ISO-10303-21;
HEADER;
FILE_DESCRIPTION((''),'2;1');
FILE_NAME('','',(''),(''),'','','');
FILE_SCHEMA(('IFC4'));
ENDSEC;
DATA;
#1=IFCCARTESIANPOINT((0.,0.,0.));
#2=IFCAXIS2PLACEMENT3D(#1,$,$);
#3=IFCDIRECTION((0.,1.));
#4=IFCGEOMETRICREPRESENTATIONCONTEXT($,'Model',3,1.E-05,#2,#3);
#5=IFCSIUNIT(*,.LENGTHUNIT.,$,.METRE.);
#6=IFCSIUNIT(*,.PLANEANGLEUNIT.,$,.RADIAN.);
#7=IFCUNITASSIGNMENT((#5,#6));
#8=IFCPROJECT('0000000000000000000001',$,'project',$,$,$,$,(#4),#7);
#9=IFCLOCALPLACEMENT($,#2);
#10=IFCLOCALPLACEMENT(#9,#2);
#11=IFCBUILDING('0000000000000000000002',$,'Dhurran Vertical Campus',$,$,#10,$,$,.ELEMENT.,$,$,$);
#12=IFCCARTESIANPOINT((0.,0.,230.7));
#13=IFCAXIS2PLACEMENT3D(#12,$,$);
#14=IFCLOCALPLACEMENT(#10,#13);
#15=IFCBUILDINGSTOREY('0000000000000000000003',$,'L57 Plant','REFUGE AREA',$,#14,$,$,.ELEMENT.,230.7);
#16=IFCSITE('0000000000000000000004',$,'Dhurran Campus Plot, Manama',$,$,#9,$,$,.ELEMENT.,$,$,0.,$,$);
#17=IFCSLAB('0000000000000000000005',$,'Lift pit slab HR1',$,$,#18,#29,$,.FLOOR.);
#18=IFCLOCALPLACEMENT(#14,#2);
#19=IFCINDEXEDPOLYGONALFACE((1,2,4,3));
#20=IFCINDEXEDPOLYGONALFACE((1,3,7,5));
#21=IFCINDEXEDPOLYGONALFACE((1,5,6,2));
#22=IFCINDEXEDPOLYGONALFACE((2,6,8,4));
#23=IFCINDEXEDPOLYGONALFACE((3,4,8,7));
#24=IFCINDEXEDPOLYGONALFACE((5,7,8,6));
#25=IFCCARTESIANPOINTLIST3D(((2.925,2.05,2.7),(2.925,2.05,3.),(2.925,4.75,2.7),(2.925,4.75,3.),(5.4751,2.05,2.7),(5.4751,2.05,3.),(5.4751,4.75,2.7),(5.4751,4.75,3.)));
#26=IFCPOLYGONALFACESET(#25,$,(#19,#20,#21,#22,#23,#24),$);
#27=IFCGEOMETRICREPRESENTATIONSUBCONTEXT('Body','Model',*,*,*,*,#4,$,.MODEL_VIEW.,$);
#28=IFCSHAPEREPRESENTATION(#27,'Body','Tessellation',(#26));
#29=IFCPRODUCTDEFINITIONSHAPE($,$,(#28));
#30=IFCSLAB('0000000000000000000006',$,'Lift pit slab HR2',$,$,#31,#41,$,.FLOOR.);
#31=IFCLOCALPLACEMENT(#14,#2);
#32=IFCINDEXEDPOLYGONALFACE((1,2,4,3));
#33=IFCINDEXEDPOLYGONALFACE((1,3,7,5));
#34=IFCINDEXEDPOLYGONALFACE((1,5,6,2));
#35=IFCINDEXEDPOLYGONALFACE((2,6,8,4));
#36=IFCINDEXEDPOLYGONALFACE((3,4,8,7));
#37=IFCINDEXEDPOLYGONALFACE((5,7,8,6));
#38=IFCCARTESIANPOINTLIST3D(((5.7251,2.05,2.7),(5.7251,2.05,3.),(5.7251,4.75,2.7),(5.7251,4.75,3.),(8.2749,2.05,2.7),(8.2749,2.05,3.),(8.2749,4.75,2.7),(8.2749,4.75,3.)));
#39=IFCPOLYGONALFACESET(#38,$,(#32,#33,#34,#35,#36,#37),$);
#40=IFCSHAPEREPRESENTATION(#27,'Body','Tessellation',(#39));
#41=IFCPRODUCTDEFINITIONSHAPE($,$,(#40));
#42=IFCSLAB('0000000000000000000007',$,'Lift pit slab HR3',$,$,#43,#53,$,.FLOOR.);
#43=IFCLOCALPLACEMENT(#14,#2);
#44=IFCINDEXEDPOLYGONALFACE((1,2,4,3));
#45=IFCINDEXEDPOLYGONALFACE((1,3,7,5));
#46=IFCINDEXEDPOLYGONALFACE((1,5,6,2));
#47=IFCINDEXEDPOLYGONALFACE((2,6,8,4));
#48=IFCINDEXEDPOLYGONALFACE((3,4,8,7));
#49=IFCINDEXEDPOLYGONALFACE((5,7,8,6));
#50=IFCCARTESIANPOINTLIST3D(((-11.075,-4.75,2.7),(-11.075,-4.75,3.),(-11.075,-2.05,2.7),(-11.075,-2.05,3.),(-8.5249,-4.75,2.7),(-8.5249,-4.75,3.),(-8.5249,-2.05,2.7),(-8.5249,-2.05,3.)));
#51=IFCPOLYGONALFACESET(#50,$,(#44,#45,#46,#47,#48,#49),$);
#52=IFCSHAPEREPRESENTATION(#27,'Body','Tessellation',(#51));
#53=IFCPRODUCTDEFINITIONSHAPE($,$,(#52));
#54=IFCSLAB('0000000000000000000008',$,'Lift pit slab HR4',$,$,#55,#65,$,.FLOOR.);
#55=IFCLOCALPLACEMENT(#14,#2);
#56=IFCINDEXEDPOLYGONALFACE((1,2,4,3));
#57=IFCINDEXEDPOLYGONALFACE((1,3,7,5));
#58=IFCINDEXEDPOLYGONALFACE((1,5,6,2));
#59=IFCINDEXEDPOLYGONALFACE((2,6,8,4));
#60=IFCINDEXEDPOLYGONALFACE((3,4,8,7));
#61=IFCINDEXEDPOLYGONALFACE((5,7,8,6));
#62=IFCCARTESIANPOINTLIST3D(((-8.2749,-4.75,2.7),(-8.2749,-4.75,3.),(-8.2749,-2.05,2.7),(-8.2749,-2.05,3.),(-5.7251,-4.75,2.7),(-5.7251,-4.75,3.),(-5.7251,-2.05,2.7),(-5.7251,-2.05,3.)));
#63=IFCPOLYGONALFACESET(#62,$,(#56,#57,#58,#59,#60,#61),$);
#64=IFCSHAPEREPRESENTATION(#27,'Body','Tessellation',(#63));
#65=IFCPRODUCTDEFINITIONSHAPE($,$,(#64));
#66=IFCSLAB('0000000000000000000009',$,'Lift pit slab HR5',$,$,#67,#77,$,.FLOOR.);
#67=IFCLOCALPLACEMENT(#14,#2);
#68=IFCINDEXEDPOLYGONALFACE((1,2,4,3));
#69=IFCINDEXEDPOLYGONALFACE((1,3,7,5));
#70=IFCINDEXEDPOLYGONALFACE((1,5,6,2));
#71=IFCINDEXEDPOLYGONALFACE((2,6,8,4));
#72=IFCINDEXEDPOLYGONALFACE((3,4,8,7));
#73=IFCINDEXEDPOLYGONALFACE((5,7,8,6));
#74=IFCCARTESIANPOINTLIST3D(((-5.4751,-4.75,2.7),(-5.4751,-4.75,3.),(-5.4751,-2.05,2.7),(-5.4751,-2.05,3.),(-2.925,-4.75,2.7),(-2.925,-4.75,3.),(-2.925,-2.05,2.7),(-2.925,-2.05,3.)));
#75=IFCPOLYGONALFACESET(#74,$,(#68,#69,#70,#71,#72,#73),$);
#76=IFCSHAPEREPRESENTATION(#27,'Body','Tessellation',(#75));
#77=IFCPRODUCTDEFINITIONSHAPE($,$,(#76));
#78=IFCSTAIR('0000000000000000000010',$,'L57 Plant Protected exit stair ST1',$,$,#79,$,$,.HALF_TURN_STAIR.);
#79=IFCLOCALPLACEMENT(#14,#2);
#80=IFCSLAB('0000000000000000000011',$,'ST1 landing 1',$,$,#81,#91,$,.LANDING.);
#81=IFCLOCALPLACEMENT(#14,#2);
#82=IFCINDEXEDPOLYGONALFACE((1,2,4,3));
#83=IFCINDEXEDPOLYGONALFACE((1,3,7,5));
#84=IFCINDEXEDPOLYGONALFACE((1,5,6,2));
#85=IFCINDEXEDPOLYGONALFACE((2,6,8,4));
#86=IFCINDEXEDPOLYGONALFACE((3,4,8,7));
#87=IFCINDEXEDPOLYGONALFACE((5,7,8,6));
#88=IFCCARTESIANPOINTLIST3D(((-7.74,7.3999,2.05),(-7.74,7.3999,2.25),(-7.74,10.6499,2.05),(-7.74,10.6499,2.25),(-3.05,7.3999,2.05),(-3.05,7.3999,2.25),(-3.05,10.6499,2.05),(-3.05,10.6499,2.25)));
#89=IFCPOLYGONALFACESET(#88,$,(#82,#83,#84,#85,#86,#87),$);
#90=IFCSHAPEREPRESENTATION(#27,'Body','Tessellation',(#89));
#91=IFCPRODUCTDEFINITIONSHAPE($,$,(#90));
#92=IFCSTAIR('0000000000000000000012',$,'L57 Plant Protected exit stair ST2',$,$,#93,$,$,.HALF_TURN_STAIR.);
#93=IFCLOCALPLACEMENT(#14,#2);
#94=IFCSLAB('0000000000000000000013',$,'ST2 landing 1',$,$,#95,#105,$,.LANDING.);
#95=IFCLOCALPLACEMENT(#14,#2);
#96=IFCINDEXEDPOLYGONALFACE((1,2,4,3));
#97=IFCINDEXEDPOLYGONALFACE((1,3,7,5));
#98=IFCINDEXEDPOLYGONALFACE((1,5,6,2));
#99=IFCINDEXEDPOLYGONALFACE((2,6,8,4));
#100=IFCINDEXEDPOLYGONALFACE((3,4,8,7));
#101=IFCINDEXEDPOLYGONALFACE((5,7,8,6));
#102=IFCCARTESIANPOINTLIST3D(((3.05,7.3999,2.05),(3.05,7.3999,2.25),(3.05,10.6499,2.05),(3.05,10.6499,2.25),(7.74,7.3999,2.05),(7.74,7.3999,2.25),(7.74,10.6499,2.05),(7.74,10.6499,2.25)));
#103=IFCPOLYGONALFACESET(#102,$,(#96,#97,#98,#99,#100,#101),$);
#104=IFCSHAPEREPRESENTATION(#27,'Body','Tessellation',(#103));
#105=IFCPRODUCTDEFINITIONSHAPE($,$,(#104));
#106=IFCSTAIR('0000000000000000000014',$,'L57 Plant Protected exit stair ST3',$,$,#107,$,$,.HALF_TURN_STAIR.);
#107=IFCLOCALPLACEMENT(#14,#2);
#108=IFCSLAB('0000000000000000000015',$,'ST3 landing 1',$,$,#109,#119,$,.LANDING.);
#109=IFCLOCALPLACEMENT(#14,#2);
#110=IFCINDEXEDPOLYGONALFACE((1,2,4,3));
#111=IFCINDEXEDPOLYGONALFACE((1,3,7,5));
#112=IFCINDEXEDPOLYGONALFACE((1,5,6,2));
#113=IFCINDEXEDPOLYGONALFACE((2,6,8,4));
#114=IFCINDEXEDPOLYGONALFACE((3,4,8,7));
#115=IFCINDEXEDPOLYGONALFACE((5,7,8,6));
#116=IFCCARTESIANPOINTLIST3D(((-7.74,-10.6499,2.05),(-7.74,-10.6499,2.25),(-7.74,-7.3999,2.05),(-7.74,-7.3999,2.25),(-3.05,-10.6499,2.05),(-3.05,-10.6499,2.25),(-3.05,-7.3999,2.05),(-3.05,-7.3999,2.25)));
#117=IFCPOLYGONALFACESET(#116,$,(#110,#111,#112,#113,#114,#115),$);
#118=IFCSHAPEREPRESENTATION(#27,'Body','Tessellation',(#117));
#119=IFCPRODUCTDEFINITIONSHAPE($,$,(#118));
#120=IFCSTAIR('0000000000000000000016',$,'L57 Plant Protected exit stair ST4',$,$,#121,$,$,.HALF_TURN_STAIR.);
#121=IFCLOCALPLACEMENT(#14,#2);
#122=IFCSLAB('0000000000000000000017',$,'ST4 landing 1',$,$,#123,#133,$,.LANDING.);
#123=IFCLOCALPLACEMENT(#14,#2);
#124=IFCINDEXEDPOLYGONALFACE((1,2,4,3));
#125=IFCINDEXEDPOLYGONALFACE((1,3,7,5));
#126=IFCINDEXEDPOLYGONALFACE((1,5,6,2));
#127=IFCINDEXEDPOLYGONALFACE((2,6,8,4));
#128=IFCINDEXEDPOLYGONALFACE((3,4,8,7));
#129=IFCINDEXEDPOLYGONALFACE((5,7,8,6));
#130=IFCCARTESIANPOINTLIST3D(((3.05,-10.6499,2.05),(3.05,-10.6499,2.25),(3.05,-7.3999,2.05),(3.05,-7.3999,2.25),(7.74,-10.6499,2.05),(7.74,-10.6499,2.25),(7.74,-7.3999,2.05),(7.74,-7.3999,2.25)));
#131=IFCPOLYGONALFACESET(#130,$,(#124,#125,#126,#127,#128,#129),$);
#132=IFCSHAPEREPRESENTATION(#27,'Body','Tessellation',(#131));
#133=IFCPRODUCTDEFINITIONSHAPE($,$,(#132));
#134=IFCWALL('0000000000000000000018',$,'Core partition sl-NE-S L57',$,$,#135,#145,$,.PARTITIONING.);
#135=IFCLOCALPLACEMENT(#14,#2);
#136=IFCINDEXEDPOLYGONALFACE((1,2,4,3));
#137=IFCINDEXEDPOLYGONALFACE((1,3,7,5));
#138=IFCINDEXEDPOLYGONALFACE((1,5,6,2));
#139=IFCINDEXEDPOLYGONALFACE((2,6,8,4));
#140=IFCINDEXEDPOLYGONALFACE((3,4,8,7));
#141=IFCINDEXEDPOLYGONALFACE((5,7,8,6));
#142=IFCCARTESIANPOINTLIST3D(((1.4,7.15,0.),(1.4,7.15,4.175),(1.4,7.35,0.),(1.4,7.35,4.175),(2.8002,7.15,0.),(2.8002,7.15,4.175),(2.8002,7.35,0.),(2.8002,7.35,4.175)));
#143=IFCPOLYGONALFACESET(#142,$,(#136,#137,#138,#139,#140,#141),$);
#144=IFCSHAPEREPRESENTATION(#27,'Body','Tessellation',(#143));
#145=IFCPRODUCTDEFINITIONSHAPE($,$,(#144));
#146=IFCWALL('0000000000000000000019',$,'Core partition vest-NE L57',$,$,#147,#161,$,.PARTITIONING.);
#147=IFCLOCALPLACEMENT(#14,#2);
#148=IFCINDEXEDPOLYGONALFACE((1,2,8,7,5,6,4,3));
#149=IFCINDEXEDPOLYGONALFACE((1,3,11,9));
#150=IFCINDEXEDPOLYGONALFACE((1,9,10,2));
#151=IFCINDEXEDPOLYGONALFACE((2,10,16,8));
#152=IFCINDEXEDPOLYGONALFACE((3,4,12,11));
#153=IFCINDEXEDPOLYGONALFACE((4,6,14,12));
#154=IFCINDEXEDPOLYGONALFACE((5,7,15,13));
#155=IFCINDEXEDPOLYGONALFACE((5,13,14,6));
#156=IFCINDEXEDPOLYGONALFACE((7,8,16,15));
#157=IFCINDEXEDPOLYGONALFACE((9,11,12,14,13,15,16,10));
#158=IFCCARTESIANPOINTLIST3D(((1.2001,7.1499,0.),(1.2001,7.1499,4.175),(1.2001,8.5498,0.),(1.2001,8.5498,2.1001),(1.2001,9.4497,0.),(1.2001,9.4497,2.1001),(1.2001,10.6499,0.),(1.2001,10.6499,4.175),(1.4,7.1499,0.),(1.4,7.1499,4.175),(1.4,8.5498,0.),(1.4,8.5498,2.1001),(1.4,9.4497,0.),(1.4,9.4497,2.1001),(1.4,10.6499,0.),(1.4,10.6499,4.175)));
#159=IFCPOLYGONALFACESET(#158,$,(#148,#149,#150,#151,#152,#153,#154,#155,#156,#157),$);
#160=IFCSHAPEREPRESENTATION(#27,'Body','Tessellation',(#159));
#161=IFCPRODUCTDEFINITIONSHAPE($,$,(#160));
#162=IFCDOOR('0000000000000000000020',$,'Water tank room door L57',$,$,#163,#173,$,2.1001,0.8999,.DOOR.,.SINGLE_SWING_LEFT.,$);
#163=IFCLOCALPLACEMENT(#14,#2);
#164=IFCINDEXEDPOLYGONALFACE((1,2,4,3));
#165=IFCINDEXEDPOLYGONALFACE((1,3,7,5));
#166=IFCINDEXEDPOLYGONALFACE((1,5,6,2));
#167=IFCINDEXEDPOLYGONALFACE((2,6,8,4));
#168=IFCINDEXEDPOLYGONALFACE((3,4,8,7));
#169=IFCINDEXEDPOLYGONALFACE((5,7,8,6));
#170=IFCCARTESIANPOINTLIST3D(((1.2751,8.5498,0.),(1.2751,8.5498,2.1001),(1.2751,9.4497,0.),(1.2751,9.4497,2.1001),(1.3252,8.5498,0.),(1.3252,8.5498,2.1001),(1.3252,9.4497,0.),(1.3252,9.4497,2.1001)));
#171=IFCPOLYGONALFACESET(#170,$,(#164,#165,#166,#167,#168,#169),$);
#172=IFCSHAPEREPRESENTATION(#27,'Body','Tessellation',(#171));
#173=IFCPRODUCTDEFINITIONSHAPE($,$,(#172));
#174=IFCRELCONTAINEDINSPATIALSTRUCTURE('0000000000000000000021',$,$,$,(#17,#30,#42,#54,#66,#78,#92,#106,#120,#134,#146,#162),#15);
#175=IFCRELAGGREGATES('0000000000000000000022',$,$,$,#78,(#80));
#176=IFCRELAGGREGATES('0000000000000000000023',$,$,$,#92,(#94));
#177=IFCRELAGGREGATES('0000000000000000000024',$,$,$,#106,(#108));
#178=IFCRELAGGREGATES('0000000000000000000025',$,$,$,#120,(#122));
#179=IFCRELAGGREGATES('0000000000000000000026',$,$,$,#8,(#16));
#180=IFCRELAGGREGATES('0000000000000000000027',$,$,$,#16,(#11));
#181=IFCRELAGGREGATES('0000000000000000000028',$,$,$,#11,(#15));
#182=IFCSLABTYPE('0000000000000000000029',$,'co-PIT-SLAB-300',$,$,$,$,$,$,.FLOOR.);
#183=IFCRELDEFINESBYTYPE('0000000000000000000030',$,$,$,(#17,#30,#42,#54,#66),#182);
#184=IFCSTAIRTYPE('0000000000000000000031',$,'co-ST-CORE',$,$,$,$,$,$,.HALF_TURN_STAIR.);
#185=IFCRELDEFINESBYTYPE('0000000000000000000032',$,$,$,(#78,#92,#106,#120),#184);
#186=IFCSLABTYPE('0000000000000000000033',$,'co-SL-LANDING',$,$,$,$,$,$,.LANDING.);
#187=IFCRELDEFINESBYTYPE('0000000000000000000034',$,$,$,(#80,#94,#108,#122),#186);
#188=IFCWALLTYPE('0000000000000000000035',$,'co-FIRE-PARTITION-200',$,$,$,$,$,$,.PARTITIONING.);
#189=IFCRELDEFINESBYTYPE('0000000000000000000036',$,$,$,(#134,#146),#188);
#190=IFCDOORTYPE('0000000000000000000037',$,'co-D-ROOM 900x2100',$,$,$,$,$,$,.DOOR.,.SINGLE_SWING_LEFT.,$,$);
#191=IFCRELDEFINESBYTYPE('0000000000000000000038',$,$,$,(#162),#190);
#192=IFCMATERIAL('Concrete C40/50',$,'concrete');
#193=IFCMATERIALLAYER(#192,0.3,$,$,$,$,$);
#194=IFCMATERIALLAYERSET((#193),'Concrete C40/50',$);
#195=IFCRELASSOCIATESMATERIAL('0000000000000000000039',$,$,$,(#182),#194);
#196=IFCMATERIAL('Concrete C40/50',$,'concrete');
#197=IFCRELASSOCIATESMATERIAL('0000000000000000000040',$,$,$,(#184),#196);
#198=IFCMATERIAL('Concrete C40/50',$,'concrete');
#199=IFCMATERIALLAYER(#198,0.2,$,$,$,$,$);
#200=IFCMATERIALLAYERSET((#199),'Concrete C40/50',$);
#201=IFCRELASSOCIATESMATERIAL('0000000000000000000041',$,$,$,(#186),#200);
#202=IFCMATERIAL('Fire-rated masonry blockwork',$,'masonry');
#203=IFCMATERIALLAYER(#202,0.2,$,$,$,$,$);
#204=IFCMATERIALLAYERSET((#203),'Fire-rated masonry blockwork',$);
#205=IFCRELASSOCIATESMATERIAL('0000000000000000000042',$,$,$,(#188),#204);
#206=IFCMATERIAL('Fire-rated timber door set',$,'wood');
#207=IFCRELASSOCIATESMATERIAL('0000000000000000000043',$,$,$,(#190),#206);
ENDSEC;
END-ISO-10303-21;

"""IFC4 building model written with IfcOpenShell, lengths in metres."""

from ifc_helpers import new_model, si_unit, direction, frame, frame_2d, origin, place, context, subcontext, project, spatial, polyline, rectangle, outline, extrude, material, layer, layer_set, type_object, element, fill, aggregate, save


model = new_model("IFC4")

# Units and contexts
model_context = context("Model", 3, precision=1e-05, world=origin(), true_north=direction((0.0, 1.0)))
body_context = subcontext(model_context, "Body", "Model", "MODEL_VIEW")
ifc_project = project(units=[si_unit("LENGTHUNIT", "METRE"), si_unit("PLANEANGLEUNIT", "RADIAN")], contexts=[model_context])

# Site, building, storey
site_placement = place(None, origin())
site = spatial("IfcSite", under=ifc_project, at=site_placement, Name="Dhurran Campus Plot, Manama", CompositionType="ELEMENT", RefElevation=0.0)
building_placement = place(site_placement, origin())
building = spatial("IfcBuilding", under=site, at=building_placement, Name="Dhurran Vertical Campus", CompositionType="ELEMENT")
storey_placement = place(building_placement, frame((0.0, 0.0, 230.7)))
storey = spatial("IfcBuildingStorey", under=building, at=storey_placement, Name="L57 Plant", Description="REFUGE AREA", CompositionType="ELEMENT", Elevation=230.7)

# Slabs
ifc_material_1 = material(Name="Concrete C40/50", Category="concrete")
ifc_layer_1 = layer(ifc_material_1, 0.3)
ifc_layer_set_1 = layer_set([ifc_layer_1], Name="Concrete C40/50")
slab_type_1 = type_object("IfcSlabType", Name="co-PIT-SLAB-300", PredefinedType="FLOOR", material=ifc_layer_set_1)
slab_1_placement = place(storey_placement, frame((0.0, 0.0, 2.7)))
element("IfcSlab", 1, at=slab_1_placement, inside=storey, type_object=slab_type_1, Name="Lift pit slab HR1", PredefinedType="FLOOR", context=body_context, shape_type="SweptSolid", body=[
    extrude(outline(polyline([(2.925, 2.05), (5.4751, 2.05), (5.4751, 4.75), (2.925, 4.75), (2.925, 2.05)])), origin(), (0.0, 0.0, 1.0), 0.3),
])
slab_2_placement = place(storey_placement, frame((0.0, 0.0, 2.7)))
element("IfcSlab", 2, at=slab_2_placement, inside=storey, type_object=slab_type_1, Name="Lift pit slab HR2", PredefinedType="FLOOR", context=body_context, shape_type="SweptSolid", body=[
    extrude(outline(polyline([(5.7251, 2.05), (8.2749, 2.05), (8.2749, 4.75), (5.7251, 4.75), (5.7251, 2.05)])), origin(), (0.0, 0.0, 1.0), 0.3),
])
slab_3_placement = place(storey_placement, frame((0.0, 0.0, 2.7)))
element("IfcSlab", 3, at=slab_3_placement, inside=storey, type_object=slab_type_1, Name="Lift pit slab HR3", PredefinedType="FLOOR", context=body_context, shape_type="SweptSolid", body=[
    extrude(outline(polyline([(-11.075, -4.75), (-8.5249, -4.75), (-8.5249, -2.05), (-11.075, -2.05), (-11.075, -4.75)])), origin(), (0.0, 0.0, 1.0), 0.3),
])
slab_4_placement = place(storey_placement, frame((0.0, 0.0, 2.7)))
element("IfcSlab", 4, at=slab_4_placement, inside=storey, type_object=slab_type_1, Name="Lift pit slab HR4", PredefinedType="FLOOR", context=body_context, shape_type="SweptSolid", body=[
    extrude(outline(polyline([(-8.2749, -4.75), (-5.7251, -4.75), (-5.7251, -2.05), (-8.2749, -2.05), (-8.2749, -4.75)])), origin(), (0.0, 0.0, 1.0), 0.3),
])
slab_5_placement = place(storey_placement, frame((0.0, 0.0, 2.7)))
element("IfcSlab", 5, at=slab_5_placement, inside=storey, type_object=slab_type_1, Name="Lift pit slab HR5", PredefinedType="FLOOR", context=body_context, shape_type="SweptSolid", body=[
    extrude(outline(polyline([(-5.4751, -4.75), (-2.925, -4.75), (-2.925, -2.05), (-5.4751, -2.05), (-5.4751, -4.75)])), origin(), (0.0, 0.0, 1.0), 0.3),
])

# Stairs, slabs
ifc_material_2 = material(Name="Concrete C40/50", Category="concrete")
stair_type = type_object("IfcStairType", Name="co-ST-CORE", PredefinedType="HALF_TURN_STAIR", material=ifc_material_2)
stair_1_placement = place(storey_placement, origin())
stair_1 = element("IfcStair", 6, at=stair_1_placement, inside=storey, type_object=stair_type, Name="L57 Plant Protected exit stair ST1", PredefinedType="HALF_TURN_STAIR")
ifc_material_3 = material(Name="Concrete C40/50", Category="concrete")
ifc_layer_2 = layer(ifc_material_3, 0.2)
ifc_layer_set_2 = layer_set([ifc_layer_2], Name="Concrete C40/50")
slab_type_2 = type_object("IfcSlabType", Name="co-SL-LANDING", PredefinedType="LANDING", material=ifc_layer_set_2)
slab_6_placement = place(storey_placement, frame((0.0, 0.0, 2.05)))
slab_6 = element("IfcSlab", 7, at=slab_6_placement, type_object=slab_type_2, Name="ST1 landing 1", PredefinedType="LANDING", context=body_context, shape_type="SweptSolid", body=[
    extrude(outline(polyline([(-7.74, 7.3999), (-3.05, 7.3999), (-3.05, 10.6499), (-7.74, 10.6499), (-7.74, 7.3999)])), origin(), (0.0, 0.0, 1.0), 0.2),
])
aggregate(stair_1, [slab_6])
stair_2_placement = place(storey_placement, origin())
stair_2 = element("IfcStair", 8, at=stair_2_placement, inside=storey, type_object=stair_type, Name="L57 Plant Protected exit stair ST2", PredefinedType="HALF_TURN_STAIR")
slab_7_placement = place(storey_placement, frame((0.0, 0.0, 2.05)))
slab_7 = element("IfcSlab", 9, at=slab_7_placement, type_object=slab_type_2, Name="ST2 landing 1", PredefinedType="LANDING", context=body_context, shape_type="SweptSolid", body=[
    extrude(outline(polyline([(7.74, 10.6499), (3.05, 10.6499), (3.05, 7.3999), (7.74, 7.3999), (7.74, 10.6499)])), origin(), (0.0, 0.0, 1.0), 0.2),
])
aggregate(stair_2, [slab_7])
stair_3_placement = place(storey_placement, origin())
stair_3 = element("IfcStair", 10, at=stair_3_placement, inside=storey, type_object=stair_type, Name="L57 Plant Protected exit stair ST3", PredefinedType="HALF_TURN_STAIR")
slab_8_placement = place(storey_placement, frame((0.0, 0.0, 2.05)))
slab_8 = element("IfcSlab", 11, at=slab_8_placement, type_object=slab_type_2, Name="ST3 landing 1", PredefinedType="LANDING", context=body_context, shape_type="SweptSolid", body=[
    extrude(outline(polyline([(-7.74, -10.6499), (-3.05, -10.6499), (-3.05, -7.3999), (-7.74, -7.3999), (-7.74, -10.6499)])), origin(), (0.0, 0.0, 1.0), 0.2),
])
aggregate(stair_3, [slab_8])
stair_4_placement = place(storey_placement, origin())
stair_4 = element("IfcStair", 12, at=stair_4_placement, inside=storey, type_object=stair_type, Name="L57 Plant Protected exit stair ST4", PredefinedType="HALF_TURN_STAIR")
slab_9_placement = place(storey_placement, frame((0.0, 0.0, 2.05)))
slab_9 = element("IfcSlab", 13, at=slab_9_placement, type_object=slab_type_2, Name="ST4 landing 1", PredefinedType="LANDING", context=body_context, shape_type="SweptSolid", body=[
    extrude(outline(polyline([(7.74, -7.3999), (3.05, -7.3999), (3.05, -10.6499), (7.74, -10.6499), (7.74, -7.3999)])), origin(), (0.0, 0.0, 1.0), 0.2),
])
aggregate(stair_4, [slab_9])

# Wall
ifc_material_4 = material(Name="Fire-rated masonry blockwork", Category="masonry")
ifc_layer_3 = layer(ifc_material_4, 0.2)
ifc_layer_set_3 = layer_set([ifc_layer_3], Name="Fire-rated masonry blockwork")
wall_type_1 = type_object("IfcWallType", Name="co-FIRE-PARTITION-200", PredefinedType="PARTITIONING", material=ifc_layer_set_3)
wall_1_placement = place(storey_placement, frame((1.3999, 7.25, 0.0), z_axis=(0.0, 0.0, 1.0), x_axis=(1.0, 0.0, 0.0)))
element("IfcWall", 14, at=wall_1_placement, inside=storey, type_object=wall_type_1, Name="Core partition sl-NE-S L57", PredefinedType="PARTITIONING", context=body_context, shape_type="SweptSolid", body=[
    extrude(rectangle(XDim=1.4001, YDim=0.2, at=frame_2d((0.7002, 0.0))), origin(), (0.0, 0.0, 1.0), 4.175),
])

# Wall, opening, door
wall_2_placement = place(storey_placement, frame((1.3, 7.1499, 0.0), z_axis=(0.0, 0.0, 1.0), x_axis=(0.0, 1.0, 0.0)))
wall_2 = element("IfcWall", 15, at=wall_2_placement, inside=storey, type_object=wall_type_1, Name="Core partition vest-NE L57", PredefinedType="PARTITIONING", context=body_context, shape_type="SweptSolid", body=[
    extrude(rectangle(XDim=3.5, YDim=0.2, at=frame_2d((1.75, 0.0))), origin(), (0.0, 0.0, 1.0), 4.175),
])
opening_1_placement = place(wall_2_placement, frame((1.3999, 0.0, 0.0)))
opening_1 = element("IfcOpeningElement", 16, at=opening_1_placement, cuts=wall_2, PredefinedType="OPENING", context=body_context, shape_type="SweptSolid", body=[
    extrude(rectangle(XDim=0.8999, YDim=2.1001, at=frame_2d((0.45, 1.05))), frame((0.0, 0.1099, 0.0), z_axis=(0.0, -1.0, 0.0), x_axis=(1.0, 0.0, 0.0)), (0.0, 0.0, 1.0), 0.22),
])
ifc_material_5 = material(Name="Fire-rated timber door set", Category="wood")
door_type_1 = type_object("IfcDoorType", Name="co-D-ROOM 900x2100", OperationType="SINGLE_SWING_LEFT", PredefinedType="DOOR", material=ifc_material_5)
door_1_placement = place(opening_1_placement, origin())
door_1 = element("IfcDoor", 17, at=door_1_placement, inside=storey, type_object=door_type_1, Name="Water tank room door L57", OperationType="SINGLE_SWING_LEFT", OverallHeight=2.1001, OverallWidth=0.8999, PredefinedType="DOOR", context=body_context, shape_type="SweptSolid", body=[
    extrude(rectangle(XDim=0.8999, YDim=2.1001, at=frame_2d((0.45, 1.05))), frame((0.0, 0.0249, 0.0), z_axis=(0.0, -1.0, 0.0), x_axis=(1.0, 0.0, 0.0)), (0.0, 0.0, 1.0), 0.05),
])
fill(opening_1, door_1)

save(model, "model.ifc")
